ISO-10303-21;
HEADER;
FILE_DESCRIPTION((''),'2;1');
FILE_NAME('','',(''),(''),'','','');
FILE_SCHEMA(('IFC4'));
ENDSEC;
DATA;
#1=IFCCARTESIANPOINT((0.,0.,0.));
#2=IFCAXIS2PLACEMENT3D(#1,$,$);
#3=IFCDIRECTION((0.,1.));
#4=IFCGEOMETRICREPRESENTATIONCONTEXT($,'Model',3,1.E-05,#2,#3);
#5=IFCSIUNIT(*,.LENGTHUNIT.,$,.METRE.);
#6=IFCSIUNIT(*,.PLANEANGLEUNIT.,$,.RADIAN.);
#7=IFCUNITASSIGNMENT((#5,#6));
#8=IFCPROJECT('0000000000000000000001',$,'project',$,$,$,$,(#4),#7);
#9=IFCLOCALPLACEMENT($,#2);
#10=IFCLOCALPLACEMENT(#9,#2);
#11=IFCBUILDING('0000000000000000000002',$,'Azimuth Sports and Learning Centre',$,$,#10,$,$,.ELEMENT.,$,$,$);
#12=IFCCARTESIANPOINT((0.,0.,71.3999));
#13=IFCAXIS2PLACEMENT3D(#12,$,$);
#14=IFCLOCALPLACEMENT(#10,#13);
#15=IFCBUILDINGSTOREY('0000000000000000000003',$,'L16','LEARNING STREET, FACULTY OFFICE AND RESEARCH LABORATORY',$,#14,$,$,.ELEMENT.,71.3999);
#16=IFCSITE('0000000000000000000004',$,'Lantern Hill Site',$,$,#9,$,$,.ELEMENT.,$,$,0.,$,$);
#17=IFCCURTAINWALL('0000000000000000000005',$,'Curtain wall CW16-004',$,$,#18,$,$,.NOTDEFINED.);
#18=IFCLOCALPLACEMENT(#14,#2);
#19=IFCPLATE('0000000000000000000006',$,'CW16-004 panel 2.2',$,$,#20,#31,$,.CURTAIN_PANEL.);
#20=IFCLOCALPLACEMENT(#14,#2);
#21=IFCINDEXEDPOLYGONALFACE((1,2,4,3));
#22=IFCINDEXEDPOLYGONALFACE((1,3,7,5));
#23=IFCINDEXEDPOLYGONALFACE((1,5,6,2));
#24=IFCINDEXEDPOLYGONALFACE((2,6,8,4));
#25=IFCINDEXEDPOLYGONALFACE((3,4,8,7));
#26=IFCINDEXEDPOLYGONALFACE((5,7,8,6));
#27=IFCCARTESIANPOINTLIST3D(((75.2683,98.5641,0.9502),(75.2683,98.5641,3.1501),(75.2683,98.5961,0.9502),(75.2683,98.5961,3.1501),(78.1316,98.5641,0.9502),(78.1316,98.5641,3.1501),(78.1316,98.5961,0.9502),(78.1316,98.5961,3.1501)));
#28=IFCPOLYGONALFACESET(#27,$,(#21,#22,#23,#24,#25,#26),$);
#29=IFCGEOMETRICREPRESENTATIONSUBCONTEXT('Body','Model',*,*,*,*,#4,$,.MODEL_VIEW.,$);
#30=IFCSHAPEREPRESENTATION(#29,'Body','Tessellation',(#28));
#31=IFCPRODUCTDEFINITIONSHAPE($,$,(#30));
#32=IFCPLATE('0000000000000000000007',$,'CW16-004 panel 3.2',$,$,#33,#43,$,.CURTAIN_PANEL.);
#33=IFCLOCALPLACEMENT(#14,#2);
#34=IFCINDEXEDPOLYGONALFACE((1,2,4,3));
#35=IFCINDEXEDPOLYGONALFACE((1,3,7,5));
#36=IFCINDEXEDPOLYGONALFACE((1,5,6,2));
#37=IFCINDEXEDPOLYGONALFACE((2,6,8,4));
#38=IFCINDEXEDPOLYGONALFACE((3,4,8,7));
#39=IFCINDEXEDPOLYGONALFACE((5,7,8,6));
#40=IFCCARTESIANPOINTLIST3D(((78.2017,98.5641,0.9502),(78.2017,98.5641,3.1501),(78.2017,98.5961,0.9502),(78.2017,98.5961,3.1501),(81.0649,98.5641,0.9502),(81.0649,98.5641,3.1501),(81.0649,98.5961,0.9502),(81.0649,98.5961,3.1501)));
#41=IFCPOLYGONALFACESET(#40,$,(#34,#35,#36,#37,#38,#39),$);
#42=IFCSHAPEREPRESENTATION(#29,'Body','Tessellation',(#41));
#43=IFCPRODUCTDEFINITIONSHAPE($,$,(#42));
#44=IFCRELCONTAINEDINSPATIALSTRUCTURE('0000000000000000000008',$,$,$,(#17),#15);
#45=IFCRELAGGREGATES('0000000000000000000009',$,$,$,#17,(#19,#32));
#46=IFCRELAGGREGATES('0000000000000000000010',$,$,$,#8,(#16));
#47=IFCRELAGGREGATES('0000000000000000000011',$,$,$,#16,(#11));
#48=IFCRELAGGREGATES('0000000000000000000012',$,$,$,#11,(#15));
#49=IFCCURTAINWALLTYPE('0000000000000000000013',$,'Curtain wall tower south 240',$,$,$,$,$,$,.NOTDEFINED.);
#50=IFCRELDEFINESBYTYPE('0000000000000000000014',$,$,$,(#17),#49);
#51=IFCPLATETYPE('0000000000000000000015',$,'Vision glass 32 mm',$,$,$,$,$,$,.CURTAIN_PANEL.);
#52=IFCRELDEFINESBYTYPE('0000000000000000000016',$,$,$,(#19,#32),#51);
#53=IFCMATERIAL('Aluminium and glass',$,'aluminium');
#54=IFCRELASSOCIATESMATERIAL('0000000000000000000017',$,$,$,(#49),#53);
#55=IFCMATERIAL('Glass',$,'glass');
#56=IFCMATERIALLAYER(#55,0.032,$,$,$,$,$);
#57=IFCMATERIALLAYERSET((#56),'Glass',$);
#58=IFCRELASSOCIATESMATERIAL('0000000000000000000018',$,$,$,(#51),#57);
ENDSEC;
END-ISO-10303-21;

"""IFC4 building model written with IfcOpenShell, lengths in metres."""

from ifc_helpers import new_model, si_unit, direction, frame, origin, origin_2d, place, context, subcontext, project, spatial, rectangle, extrude, material, layer, layer_set, type_object, element, aggregate, save


model = new_model("IFC4")

# Units and contexts
model_context = context("Model", 3, precision=1e-05, world=origin(), true_north=direction((0.0, 1.0)))
body_context = subcontext(model_context, "Body", "Model", "MODEL_VIEW")
ifc_project = project(units=[si_unit("LENGTHUNIT", "METRE"), si_unit("PLANEANGLEUNIT", "RADIAN")], contexts=[model_context])

# Site, building, storey
site_placement = place(None, origin())
site = spatial("IfcSite", under=ifc_project, at=site_placement, Name="Lantern Hill Site", CompositionType="ELEMENT", RefElevation=0.0)
building_placement = place(site_placement, origin())
building = spatial("IfcBuilding", under=site, at=building_placement, Name="Azimuth Sports and Learning Centre", CompositionType="ELEMENT")
storey_placement = place(building_placement, frame((0.0, 0.0, 71.3999)))
storey = spatial("IfcBuildingStorey", under=building, at=storey_placement, Name="L16", Description="LEARNING STREET, FACULTY OFFICE AND RESEARCH LABORATORY", CompositionType="ELEMENT", Elevation=71.3999)

# Curtain wall, plates
ifc_material_1 = material(Name="Aluminium and glass", Category="aluminium")
curtain_wall_type = type_object("IfcCurtainWallType", Name="Curtain wall tower south 240", PredefinedType="NOTDEFINED", material=ifc_material_1)
curtain_wall_placement = place(storey_placement, origin())
curtain_wall = element("IfcCurtainWall", 1, at=curtain_wall_placement, inside=storey, type_object=curtain_wall_type, Name="Curtain wall CW16-004", PredefinedType="NOTDEFINED")
ifc_material_2 = material(Name="Glass", Category="glass")
ifc_layer_1 = layer(ifc_material_2, 0.032)
ifc_layer_set_1 = layer_set([ifc_layer_1], Name="Glass")
plate_type_1 = type_object("IfcPlateType", Name="Vision glass 32 mm", PredefinedType="CURTAIN_PANEL", material=ifc_layer_set_1)
plate_1_placement = place(storey_placement, frame((76.7, 98.5801, 0.9502), z_axis=(0.0, 0.0, 1.0), x_axis=(1.0, 0.0, 0.0)))
plate_1 = element("IfcPlate", 2, at=plate_1_placement, type_object=plate_type_1, Name="CW16-004 panel 2.2", PredefinedType="CURTAIN_PANEL", context=body_context, shape_type="SweptSolid", body=[
    extrude(rectangle(XDim=2.8633, YDim=0.032, at=origin_2d()), origin(), (0.0, 0.0, 1.0), 2.2),
])
plate_2_placement = place(storey_placement, frame((79.6333, 98.5801, 0.9502), z_axis=(0.0, 0.0, 1.0), x_axis=(1.0, 0.0, 0.0)))
plate_2 = element("IfcPlate", 3, at=plate_2_placement, type_object=plate_type_1, Name="CW16-004 panel 3.2", PredefinedType="CURTAIN_PANEL", context=body_context, shape_type="SweptSolid", body=[
    extrude(rectangle(XDim=2.8633, YDim=0.032, at=origin_2d()), origin(), (0.0, 0.0, 1.0), 2.2),
])
aggregate(curtain_wall, [plate_1, plate_2])

save(model, "model.ifc")
